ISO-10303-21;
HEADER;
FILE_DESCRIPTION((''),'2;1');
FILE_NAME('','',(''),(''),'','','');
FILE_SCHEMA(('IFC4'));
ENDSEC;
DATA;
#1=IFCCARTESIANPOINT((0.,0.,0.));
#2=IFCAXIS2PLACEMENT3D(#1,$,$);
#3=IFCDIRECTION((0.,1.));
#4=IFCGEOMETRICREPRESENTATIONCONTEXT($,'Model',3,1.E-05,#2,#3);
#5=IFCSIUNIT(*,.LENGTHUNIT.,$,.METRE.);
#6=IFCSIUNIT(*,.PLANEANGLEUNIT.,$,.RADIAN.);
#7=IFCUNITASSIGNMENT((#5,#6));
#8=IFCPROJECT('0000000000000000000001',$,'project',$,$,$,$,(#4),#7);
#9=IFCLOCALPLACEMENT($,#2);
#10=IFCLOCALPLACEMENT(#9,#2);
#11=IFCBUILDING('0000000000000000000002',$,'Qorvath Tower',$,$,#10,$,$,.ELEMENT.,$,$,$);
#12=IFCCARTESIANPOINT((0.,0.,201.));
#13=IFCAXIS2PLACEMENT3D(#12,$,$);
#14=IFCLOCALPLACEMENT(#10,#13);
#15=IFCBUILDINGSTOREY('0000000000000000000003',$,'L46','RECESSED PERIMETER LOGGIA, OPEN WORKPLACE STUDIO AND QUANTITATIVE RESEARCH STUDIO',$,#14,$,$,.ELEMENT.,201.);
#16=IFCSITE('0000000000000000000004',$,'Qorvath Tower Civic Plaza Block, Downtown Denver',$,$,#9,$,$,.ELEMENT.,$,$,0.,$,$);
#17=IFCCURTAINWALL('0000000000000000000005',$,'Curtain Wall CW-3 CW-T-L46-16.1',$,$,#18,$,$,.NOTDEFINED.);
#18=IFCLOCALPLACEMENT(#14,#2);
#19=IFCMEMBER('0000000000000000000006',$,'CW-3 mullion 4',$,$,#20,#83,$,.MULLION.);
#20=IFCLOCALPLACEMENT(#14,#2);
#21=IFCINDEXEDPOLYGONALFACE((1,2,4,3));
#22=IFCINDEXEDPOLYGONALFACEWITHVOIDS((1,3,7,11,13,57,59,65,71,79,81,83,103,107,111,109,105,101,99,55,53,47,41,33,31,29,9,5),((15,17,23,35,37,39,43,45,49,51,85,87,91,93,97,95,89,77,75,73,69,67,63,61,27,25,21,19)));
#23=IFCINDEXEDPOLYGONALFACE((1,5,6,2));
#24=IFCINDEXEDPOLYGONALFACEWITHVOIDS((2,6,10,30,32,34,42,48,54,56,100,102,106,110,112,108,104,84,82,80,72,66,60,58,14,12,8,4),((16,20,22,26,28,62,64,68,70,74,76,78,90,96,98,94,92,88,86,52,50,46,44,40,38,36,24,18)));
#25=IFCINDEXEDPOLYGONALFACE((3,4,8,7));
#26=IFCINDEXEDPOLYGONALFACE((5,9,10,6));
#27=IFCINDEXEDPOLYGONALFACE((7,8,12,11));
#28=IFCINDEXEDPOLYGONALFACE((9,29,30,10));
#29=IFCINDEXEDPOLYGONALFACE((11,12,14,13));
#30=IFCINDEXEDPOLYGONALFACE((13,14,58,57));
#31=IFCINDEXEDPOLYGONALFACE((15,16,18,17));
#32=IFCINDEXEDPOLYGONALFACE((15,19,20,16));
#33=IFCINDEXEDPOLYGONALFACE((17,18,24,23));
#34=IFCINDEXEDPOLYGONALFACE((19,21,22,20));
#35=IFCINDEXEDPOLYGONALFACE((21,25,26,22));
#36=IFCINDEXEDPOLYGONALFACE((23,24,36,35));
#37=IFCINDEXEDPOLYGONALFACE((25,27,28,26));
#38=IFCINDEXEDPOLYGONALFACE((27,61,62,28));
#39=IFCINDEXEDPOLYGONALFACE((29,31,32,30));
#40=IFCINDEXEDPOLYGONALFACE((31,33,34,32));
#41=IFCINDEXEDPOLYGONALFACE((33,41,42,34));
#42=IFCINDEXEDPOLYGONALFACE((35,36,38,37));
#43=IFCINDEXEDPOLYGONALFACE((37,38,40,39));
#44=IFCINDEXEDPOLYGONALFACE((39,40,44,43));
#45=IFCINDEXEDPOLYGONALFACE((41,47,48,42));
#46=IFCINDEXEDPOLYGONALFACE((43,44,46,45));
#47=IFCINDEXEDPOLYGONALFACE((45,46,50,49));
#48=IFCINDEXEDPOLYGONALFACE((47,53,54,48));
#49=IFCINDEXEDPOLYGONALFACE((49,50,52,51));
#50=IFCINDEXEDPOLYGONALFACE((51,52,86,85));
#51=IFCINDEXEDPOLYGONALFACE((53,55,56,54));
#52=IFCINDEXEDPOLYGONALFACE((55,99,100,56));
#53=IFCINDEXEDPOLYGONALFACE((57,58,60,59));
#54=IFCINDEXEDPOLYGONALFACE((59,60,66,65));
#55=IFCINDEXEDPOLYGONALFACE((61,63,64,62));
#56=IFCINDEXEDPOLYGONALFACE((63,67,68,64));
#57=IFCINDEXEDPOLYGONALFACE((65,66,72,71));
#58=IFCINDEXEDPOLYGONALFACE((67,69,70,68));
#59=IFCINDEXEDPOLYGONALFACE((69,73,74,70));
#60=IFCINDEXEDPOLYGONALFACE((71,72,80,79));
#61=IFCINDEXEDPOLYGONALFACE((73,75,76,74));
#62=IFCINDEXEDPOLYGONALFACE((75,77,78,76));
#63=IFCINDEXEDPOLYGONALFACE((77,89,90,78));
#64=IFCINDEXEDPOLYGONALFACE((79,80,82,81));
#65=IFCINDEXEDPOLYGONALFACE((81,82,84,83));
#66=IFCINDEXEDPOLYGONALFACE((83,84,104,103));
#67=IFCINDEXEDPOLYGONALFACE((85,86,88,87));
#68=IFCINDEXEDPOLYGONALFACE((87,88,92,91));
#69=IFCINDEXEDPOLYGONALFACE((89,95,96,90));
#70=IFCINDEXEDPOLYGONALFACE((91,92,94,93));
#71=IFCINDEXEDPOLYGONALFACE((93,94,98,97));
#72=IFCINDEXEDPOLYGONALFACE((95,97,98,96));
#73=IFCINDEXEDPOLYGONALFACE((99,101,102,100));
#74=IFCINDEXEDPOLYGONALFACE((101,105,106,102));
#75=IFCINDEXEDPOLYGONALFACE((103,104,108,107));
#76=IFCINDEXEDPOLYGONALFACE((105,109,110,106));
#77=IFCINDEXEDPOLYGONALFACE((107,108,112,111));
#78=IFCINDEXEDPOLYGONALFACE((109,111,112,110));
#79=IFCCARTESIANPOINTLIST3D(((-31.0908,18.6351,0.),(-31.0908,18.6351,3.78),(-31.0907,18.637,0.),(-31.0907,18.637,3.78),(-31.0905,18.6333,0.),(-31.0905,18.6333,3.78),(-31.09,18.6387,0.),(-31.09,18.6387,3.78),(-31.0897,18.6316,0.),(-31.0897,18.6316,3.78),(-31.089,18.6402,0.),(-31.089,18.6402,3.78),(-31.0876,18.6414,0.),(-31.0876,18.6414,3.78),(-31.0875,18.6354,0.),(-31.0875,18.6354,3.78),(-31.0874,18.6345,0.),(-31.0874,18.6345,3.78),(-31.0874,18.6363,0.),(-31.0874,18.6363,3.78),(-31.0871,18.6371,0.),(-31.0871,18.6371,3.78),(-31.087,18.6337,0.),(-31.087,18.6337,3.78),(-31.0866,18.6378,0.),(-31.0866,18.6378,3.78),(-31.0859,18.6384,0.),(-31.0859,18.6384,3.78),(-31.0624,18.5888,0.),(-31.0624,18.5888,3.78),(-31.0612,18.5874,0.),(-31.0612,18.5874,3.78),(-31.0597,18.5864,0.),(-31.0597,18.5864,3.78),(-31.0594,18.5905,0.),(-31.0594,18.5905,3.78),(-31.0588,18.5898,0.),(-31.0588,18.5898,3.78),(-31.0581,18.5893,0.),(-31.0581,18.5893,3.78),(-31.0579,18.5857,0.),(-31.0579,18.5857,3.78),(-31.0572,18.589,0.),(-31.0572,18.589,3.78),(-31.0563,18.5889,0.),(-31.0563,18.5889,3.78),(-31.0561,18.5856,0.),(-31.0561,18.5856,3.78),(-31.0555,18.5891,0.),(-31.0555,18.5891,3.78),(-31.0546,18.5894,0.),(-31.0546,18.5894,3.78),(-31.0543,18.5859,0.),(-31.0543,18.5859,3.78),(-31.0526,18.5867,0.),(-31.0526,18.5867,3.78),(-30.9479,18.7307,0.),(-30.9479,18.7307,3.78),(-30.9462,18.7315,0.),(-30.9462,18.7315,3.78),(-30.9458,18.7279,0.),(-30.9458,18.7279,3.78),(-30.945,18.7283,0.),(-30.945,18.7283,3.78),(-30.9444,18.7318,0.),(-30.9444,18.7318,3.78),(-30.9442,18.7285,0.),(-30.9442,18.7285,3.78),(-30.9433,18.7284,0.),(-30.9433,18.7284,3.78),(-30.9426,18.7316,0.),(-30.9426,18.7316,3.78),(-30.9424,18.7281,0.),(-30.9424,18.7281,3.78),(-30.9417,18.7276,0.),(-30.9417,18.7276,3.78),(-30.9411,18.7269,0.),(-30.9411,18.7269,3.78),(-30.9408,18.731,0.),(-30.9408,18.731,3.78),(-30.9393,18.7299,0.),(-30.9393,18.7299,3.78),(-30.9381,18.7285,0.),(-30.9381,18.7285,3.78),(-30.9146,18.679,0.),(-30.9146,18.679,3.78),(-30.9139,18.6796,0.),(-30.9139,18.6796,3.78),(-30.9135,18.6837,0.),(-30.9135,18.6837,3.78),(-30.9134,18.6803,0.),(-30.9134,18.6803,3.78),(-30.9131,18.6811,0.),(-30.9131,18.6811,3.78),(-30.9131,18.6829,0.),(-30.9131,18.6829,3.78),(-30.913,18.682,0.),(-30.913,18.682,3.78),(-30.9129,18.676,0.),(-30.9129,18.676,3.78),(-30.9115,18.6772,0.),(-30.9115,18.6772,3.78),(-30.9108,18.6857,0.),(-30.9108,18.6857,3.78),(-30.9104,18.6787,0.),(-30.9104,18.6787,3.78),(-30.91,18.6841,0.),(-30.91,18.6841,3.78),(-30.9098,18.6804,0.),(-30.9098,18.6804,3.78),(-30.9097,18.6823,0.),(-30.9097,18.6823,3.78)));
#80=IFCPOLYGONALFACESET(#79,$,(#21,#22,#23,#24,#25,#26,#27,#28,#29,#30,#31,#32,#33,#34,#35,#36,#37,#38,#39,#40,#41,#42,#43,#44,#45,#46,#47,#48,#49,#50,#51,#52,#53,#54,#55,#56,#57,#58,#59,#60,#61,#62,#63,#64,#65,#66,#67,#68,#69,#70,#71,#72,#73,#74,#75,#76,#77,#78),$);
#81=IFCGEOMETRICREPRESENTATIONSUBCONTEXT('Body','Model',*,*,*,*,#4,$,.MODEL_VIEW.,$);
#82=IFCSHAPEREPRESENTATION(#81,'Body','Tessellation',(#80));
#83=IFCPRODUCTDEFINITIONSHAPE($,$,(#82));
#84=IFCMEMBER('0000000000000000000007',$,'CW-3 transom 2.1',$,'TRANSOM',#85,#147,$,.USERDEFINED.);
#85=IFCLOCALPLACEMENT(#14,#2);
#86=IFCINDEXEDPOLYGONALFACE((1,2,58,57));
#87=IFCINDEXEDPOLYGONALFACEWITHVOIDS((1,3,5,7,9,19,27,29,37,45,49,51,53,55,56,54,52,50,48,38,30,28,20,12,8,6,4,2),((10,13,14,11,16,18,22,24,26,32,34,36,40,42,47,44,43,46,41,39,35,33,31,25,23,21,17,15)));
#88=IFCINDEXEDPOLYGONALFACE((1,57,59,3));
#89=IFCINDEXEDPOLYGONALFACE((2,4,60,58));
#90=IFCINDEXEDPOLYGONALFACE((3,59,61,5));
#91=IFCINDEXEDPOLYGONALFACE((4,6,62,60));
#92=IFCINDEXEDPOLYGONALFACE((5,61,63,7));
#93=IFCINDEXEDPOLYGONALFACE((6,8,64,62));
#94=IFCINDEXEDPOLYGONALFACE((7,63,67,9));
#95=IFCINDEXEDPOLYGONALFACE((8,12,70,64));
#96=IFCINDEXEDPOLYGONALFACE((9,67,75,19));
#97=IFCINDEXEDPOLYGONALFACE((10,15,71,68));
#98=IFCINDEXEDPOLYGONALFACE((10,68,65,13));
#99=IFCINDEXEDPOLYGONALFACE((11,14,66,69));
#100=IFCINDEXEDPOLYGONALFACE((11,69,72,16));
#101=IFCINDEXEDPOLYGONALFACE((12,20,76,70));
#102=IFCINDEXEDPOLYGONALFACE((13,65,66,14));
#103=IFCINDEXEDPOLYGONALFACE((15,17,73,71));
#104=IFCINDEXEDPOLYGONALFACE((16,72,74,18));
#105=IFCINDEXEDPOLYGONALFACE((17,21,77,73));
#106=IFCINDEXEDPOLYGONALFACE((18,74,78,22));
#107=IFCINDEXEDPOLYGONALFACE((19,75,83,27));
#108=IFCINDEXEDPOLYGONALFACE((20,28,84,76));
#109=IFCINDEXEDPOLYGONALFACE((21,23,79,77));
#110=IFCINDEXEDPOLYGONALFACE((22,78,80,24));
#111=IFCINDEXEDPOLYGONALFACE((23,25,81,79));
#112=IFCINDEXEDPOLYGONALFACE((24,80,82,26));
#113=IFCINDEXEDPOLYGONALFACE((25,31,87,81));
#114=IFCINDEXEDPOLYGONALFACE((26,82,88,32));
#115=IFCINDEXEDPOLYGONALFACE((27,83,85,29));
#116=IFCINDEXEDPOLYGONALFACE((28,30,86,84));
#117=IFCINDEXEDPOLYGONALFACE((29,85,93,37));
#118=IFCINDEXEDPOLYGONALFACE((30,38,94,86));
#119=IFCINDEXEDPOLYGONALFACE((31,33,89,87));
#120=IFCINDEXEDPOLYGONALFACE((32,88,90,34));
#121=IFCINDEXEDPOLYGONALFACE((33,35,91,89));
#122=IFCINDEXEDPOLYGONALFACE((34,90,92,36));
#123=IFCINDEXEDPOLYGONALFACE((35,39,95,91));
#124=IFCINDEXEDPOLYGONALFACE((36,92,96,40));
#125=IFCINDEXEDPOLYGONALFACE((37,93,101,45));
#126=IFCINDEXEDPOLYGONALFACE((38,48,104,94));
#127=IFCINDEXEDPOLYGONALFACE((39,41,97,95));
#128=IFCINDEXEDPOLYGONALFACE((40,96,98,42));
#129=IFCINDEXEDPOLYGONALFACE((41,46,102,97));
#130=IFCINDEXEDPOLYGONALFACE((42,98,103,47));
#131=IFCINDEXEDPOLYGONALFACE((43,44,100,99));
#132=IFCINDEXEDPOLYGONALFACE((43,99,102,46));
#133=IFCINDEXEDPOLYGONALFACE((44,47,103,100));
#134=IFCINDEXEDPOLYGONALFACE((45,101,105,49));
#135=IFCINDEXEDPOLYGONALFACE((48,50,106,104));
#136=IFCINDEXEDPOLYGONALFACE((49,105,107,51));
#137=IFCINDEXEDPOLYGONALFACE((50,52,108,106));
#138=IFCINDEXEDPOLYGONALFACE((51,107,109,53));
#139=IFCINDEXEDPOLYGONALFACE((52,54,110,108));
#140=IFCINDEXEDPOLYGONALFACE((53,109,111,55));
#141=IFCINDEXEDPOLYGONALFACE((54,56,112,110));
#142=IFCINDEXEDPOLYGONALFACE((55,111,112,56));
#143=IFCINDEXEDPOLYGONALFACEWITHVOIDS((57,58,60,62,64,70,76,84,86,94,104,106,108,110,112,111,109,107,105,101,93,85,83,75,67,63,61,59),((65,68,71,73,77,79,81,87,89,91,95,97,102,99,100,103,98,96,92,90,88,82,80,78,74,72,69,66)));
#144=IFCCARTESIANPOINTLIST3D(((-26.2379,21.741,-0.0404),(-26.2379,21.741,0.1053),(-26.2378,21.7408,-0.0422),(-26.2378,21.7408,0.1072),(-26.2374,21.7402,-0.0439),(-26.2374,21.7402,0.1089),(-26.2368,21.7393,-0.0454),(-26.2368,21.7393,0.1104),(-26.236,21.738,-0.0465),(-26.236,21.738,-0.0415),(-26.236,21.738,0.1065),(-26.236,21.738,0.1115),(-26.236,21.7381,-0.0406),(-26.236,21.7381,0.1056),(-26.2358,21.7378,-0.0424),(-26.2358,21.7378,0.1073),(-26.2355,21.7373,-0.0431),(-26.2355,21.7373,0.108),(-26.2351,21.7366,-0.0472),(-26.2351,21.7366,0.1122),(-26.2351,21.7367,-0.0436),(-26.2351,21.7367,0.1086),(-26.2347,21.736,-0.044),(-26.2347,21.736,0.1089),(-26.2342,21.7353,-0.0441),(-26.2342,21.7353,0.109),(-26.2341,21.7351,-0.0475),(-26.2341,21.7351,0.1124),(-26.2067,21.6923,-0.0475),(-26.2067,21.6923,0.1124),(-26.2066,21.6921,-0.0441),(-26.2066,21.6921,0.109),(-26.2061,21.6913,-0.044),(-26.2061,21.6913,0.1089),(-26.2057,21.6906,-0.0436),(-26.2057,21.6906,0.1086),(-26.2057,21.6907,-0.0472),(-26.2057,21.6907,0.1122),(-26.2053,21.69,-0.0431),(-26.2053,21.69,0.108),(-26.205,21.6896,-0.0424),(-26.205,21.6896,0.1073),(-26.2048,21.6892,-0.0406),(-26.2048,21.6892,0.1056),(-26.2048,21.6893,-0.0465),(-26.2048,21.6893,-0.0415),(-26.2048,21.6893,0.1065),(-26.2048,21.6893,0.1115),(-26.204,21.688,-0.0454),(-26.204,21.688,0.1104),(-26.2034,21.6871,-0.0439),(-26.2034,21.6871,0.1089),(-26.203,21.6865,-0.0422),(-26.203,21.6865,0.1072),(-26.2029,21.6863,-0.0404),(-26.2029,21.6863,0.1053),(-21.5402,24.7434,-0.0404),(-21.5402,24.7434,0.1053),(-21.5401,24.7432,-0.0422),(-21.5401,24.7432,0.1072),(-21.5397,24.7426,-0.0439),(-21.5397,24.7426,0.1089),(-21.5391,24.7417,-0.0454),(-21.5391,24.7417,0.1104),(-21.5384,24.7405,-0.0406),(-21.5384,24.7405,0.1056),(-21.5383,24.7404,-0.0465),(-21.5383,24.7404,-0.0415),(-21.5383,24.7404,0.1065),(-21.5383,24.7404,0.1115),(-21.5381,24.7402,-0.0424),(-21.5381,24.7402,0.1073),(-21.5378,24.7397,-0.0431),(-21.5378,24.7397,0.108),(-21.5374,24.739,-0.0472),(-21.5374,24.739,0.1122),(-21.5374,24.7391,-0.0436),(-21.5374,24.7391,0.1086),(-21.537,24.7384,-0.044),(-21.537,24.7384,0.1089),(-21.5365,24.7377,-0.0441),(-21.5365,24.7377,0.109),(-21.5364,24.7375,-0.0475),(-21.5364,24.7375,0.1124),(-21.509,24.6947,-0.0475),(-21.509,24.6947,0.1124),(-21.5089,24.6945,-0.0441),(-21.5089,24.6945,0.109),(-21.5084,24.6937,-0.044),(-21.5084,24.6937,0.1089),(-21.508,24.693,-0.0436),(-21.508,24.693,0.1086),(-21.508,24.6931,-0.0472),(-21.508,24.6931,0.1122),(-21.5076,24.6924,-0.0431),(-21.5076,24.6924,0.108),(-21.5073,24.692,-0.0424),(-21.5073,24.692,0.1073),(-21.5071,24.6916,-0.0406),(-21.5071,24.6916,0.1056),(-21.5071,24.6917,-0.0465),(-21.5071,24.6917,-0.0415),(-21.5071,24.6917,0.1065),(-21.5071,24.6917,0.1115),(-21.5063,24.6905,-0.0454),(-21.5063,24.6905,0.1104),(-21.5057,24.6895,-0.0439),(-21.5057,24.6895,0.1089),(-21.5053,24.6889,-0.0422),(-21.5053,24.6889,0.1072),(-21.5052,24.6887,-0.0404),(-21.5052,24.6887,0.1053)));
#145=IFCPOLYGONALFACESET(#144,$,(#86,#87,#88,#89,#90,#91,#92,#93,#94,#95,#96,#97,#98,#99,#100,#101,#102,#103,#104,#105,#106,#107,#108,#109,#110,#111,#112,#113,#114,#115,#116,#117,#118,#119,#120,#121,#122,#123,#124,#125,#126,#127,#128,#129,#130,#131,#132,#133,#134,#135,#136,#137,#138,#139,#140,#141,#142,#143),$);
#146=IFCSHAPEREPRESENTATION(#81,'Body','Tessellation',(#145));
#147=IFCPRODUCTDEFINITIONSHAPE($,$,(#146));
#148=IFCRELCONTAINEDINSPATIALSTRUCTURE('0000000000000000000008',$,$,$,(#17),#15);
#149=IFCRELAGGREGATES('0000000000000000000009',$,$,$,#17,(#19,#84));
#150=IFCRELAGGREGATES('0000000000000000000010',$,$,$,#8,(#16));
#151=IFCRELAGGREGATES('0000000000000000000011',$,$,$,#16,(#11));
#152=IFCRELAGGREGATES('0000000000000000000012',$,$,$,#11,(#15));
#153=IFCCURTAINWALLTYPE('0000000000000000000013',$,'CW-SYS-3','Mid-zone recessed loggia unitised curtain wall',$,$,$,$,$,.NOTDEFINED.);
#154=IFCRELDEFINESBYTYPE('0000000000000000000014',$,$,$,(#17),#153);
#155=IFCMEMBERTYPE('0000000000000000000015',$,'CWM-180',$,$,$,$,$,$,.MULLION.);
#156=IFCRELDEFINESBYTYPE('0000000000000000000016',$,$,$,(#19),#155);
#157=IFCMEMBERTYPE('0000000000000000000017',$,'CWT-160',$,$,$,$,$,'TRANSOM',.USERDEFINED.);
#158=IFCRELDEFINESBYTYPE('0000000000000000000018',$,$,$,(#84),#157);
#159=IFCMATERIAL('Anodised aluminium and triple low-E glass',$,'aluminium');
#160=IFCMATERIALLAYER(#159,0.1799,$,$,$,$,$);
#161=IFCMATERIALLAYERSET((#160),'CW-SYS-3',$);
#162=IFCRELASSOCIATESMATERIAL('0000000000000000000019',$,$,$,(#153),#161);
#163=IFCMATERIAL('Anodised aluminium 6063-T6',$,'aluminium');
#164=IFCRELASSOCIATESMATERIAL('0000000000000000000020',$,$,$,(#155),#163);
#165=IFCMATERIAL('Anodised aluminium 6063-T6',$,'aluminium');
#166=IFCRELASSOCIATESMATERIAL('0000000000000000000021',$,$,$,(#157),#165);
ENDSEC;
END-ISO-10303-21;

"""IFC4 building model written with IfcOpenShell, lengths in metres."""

from ifc_helpers import new_model, si_unit, direction, frame, origin, origin_2d, place, context, subcontext, project, spatial, hollow_rectangle, extrude, material, layer, layer_set, material_profile, profile_set, type_object, element, aggregate, save


model = new_model("IFC4")

# Units and contexts
model_context = context("Model", 3, precision=1e-05, world=origin(), true_north=direction((0.0, 1.0)))
body_context = subcontext(model_context, "Body", "Model", "MODEL_VIEW")
ifc_project = project(units=[si_unit("LENGTHUNIT", "METRE"), si_unit("PLANEANGLEUNIT", "RADIAN")], contexts=[model_context])

# Site, building, storey
site_placement = place(None, origin())
site = spatial("IfcSite", under=ifc_project, at=site_placement, Name="Qorvath Tower Civic Plaza Block, Downtown Denver", CompositionType="ELEMENT", RefElevation=0.0)
building_placement = place(site_placement, origin())
building = spatial("IfcBuilding", under=site, at=building_placement, Name="Qorvath Tower", CompositionType="ELEMENT")
storey_placement = place(building_placement, frame((0.0, 0.0, 201.0)))
storey = spatial("IfcBuildingStorey", under=building, at=storey_placement, Name="L46", Description="RECESSED PERIMETER LOGGIA, OPEN WORKPLACE STUDIO AND QUANTITATIVE RESEARCH STUDIO", CompositionType="ELEMENT", Elevation=201.0)

# Curtain wall, members
ifc_material_1 = material(Name="Anodised aluminium and triple low-E glass", Category="aluminium")
ifc_layer_1 = layer(ifc_material_1, 0.1799)
ifc_layer_set_1 = layer_set([ifc_layer_1], Name="CW-SYS-3")
curtain_wall_type = type_object("IfcCurtainWallType", Name="CW-SYS-3", Description="Mid-zone recessed loggia unitised curtain wall", PredefinedType="NOTDEFINED", material=ifc_layer_set_1)
curtain_wall_placement = place(storey_placement, origin())
curtain_wall = element("IfcCurtainWall", 1, at=curtain_wall_placement, inside=storey, type_object=curtain_wall_type, Name="Curtain Wall CW-3 CW-T-L46-16.1", PredefinedType="NOTDEFINED")
ifc_material_2 = material(Name="Anodised aluminium 6063-T6", Category="aluminium")
ifc_material_profile_1 = material_profile(ifc_material_2, hollow_rectangle(XDim=0.0649, YDim=0.1799, WallThickness=0.0034, InnerFilletRadius=0.0034, OuterFilletRadius=0.0071, at=origin_2d()), Name="CWM 180x65")
ifc_profile_set_1 = profile_set([ifc_material_profile_1], Name="Anodised aluminium 6063-T6")
member_type_1 = type_object("IfcMemberType", Name="CWM-180", PredefinedType="MULLION", material=ifc_profile_set_1)
member_1_placement = place(storey_placement, frame((-31.0002, 18.6587, 0.0), z_axis=(0.0, 0.0, 1.0), x_axis=(0.538534, -0.842604, 0.0)))
member_1 = element("IfcMember", 2, at=member_1_placement, type_object=member_type_1, Name="CW-3 mullion 4", PredefinedType="MULLION", context=body_context, shape_type="SweptSolid", body=[
    extrude(hollow_rectangle(XDim=0.0649, YDim=0.1799, WallThickness=0.0034, InnerFilletRadius=0.0034, OuterFilletRadius=0.0071, at=origin_2d()), origin(), (0.0, 0.0, 1.0), 3.78),
])
ifc_material_3 = material(Name="Anodised aluminium 6063-T6", Category="aluminium")
ifc_material_profile_2 = material_profile(ifc_material_3, hollow_rectangle(XDim=0.0649, YDim=0.1599, WallThickness=0.0034, InnerFilletRadius=0.0034, OuterFilletRadius=0.0071, at=origin_2d()), Name="CWT 160x65")
ifc_profile_set_2 = profile_set([ifc_material_profile_2], Name="Anodised aluminium 6063-T6")
member_type_2 = type_object("IfcMemberType", Name="CWT-160", ElementType="TRANSOM", PredefinedType="USERDEFINED", material=ifc_profile_set_2)
member_2_placement = place(storey_placement, frame((-21.5227, 24.7161, 0.0325), z_axis=(-0.842607, -0.538529, 0.0), x_axis=(0.538529, -0.842607, 0.0)))
member_2 = element("IfcMember", 3, at=member_2_placement, type_object=member_type_2, Name="CW-3 transom 2.1", ObjectType="TRANSOM", PredefinedType="USERDEFINED", context=body_context, shape_type="SweptSolid", body=[
    extrude(hollow_rectangle(XDim=0.0649, YDim=0.1599, WallThickness=0.0034, InnerFilletRadius=0.0034, OuterFilletRadius=0.0071, at=origin_2d()), origin(), (0.0, 0.0, 1.0), 5.5752),
])
aggregate(curtain_wall, [member_1, member_2])

save(model, "model.ifc")
